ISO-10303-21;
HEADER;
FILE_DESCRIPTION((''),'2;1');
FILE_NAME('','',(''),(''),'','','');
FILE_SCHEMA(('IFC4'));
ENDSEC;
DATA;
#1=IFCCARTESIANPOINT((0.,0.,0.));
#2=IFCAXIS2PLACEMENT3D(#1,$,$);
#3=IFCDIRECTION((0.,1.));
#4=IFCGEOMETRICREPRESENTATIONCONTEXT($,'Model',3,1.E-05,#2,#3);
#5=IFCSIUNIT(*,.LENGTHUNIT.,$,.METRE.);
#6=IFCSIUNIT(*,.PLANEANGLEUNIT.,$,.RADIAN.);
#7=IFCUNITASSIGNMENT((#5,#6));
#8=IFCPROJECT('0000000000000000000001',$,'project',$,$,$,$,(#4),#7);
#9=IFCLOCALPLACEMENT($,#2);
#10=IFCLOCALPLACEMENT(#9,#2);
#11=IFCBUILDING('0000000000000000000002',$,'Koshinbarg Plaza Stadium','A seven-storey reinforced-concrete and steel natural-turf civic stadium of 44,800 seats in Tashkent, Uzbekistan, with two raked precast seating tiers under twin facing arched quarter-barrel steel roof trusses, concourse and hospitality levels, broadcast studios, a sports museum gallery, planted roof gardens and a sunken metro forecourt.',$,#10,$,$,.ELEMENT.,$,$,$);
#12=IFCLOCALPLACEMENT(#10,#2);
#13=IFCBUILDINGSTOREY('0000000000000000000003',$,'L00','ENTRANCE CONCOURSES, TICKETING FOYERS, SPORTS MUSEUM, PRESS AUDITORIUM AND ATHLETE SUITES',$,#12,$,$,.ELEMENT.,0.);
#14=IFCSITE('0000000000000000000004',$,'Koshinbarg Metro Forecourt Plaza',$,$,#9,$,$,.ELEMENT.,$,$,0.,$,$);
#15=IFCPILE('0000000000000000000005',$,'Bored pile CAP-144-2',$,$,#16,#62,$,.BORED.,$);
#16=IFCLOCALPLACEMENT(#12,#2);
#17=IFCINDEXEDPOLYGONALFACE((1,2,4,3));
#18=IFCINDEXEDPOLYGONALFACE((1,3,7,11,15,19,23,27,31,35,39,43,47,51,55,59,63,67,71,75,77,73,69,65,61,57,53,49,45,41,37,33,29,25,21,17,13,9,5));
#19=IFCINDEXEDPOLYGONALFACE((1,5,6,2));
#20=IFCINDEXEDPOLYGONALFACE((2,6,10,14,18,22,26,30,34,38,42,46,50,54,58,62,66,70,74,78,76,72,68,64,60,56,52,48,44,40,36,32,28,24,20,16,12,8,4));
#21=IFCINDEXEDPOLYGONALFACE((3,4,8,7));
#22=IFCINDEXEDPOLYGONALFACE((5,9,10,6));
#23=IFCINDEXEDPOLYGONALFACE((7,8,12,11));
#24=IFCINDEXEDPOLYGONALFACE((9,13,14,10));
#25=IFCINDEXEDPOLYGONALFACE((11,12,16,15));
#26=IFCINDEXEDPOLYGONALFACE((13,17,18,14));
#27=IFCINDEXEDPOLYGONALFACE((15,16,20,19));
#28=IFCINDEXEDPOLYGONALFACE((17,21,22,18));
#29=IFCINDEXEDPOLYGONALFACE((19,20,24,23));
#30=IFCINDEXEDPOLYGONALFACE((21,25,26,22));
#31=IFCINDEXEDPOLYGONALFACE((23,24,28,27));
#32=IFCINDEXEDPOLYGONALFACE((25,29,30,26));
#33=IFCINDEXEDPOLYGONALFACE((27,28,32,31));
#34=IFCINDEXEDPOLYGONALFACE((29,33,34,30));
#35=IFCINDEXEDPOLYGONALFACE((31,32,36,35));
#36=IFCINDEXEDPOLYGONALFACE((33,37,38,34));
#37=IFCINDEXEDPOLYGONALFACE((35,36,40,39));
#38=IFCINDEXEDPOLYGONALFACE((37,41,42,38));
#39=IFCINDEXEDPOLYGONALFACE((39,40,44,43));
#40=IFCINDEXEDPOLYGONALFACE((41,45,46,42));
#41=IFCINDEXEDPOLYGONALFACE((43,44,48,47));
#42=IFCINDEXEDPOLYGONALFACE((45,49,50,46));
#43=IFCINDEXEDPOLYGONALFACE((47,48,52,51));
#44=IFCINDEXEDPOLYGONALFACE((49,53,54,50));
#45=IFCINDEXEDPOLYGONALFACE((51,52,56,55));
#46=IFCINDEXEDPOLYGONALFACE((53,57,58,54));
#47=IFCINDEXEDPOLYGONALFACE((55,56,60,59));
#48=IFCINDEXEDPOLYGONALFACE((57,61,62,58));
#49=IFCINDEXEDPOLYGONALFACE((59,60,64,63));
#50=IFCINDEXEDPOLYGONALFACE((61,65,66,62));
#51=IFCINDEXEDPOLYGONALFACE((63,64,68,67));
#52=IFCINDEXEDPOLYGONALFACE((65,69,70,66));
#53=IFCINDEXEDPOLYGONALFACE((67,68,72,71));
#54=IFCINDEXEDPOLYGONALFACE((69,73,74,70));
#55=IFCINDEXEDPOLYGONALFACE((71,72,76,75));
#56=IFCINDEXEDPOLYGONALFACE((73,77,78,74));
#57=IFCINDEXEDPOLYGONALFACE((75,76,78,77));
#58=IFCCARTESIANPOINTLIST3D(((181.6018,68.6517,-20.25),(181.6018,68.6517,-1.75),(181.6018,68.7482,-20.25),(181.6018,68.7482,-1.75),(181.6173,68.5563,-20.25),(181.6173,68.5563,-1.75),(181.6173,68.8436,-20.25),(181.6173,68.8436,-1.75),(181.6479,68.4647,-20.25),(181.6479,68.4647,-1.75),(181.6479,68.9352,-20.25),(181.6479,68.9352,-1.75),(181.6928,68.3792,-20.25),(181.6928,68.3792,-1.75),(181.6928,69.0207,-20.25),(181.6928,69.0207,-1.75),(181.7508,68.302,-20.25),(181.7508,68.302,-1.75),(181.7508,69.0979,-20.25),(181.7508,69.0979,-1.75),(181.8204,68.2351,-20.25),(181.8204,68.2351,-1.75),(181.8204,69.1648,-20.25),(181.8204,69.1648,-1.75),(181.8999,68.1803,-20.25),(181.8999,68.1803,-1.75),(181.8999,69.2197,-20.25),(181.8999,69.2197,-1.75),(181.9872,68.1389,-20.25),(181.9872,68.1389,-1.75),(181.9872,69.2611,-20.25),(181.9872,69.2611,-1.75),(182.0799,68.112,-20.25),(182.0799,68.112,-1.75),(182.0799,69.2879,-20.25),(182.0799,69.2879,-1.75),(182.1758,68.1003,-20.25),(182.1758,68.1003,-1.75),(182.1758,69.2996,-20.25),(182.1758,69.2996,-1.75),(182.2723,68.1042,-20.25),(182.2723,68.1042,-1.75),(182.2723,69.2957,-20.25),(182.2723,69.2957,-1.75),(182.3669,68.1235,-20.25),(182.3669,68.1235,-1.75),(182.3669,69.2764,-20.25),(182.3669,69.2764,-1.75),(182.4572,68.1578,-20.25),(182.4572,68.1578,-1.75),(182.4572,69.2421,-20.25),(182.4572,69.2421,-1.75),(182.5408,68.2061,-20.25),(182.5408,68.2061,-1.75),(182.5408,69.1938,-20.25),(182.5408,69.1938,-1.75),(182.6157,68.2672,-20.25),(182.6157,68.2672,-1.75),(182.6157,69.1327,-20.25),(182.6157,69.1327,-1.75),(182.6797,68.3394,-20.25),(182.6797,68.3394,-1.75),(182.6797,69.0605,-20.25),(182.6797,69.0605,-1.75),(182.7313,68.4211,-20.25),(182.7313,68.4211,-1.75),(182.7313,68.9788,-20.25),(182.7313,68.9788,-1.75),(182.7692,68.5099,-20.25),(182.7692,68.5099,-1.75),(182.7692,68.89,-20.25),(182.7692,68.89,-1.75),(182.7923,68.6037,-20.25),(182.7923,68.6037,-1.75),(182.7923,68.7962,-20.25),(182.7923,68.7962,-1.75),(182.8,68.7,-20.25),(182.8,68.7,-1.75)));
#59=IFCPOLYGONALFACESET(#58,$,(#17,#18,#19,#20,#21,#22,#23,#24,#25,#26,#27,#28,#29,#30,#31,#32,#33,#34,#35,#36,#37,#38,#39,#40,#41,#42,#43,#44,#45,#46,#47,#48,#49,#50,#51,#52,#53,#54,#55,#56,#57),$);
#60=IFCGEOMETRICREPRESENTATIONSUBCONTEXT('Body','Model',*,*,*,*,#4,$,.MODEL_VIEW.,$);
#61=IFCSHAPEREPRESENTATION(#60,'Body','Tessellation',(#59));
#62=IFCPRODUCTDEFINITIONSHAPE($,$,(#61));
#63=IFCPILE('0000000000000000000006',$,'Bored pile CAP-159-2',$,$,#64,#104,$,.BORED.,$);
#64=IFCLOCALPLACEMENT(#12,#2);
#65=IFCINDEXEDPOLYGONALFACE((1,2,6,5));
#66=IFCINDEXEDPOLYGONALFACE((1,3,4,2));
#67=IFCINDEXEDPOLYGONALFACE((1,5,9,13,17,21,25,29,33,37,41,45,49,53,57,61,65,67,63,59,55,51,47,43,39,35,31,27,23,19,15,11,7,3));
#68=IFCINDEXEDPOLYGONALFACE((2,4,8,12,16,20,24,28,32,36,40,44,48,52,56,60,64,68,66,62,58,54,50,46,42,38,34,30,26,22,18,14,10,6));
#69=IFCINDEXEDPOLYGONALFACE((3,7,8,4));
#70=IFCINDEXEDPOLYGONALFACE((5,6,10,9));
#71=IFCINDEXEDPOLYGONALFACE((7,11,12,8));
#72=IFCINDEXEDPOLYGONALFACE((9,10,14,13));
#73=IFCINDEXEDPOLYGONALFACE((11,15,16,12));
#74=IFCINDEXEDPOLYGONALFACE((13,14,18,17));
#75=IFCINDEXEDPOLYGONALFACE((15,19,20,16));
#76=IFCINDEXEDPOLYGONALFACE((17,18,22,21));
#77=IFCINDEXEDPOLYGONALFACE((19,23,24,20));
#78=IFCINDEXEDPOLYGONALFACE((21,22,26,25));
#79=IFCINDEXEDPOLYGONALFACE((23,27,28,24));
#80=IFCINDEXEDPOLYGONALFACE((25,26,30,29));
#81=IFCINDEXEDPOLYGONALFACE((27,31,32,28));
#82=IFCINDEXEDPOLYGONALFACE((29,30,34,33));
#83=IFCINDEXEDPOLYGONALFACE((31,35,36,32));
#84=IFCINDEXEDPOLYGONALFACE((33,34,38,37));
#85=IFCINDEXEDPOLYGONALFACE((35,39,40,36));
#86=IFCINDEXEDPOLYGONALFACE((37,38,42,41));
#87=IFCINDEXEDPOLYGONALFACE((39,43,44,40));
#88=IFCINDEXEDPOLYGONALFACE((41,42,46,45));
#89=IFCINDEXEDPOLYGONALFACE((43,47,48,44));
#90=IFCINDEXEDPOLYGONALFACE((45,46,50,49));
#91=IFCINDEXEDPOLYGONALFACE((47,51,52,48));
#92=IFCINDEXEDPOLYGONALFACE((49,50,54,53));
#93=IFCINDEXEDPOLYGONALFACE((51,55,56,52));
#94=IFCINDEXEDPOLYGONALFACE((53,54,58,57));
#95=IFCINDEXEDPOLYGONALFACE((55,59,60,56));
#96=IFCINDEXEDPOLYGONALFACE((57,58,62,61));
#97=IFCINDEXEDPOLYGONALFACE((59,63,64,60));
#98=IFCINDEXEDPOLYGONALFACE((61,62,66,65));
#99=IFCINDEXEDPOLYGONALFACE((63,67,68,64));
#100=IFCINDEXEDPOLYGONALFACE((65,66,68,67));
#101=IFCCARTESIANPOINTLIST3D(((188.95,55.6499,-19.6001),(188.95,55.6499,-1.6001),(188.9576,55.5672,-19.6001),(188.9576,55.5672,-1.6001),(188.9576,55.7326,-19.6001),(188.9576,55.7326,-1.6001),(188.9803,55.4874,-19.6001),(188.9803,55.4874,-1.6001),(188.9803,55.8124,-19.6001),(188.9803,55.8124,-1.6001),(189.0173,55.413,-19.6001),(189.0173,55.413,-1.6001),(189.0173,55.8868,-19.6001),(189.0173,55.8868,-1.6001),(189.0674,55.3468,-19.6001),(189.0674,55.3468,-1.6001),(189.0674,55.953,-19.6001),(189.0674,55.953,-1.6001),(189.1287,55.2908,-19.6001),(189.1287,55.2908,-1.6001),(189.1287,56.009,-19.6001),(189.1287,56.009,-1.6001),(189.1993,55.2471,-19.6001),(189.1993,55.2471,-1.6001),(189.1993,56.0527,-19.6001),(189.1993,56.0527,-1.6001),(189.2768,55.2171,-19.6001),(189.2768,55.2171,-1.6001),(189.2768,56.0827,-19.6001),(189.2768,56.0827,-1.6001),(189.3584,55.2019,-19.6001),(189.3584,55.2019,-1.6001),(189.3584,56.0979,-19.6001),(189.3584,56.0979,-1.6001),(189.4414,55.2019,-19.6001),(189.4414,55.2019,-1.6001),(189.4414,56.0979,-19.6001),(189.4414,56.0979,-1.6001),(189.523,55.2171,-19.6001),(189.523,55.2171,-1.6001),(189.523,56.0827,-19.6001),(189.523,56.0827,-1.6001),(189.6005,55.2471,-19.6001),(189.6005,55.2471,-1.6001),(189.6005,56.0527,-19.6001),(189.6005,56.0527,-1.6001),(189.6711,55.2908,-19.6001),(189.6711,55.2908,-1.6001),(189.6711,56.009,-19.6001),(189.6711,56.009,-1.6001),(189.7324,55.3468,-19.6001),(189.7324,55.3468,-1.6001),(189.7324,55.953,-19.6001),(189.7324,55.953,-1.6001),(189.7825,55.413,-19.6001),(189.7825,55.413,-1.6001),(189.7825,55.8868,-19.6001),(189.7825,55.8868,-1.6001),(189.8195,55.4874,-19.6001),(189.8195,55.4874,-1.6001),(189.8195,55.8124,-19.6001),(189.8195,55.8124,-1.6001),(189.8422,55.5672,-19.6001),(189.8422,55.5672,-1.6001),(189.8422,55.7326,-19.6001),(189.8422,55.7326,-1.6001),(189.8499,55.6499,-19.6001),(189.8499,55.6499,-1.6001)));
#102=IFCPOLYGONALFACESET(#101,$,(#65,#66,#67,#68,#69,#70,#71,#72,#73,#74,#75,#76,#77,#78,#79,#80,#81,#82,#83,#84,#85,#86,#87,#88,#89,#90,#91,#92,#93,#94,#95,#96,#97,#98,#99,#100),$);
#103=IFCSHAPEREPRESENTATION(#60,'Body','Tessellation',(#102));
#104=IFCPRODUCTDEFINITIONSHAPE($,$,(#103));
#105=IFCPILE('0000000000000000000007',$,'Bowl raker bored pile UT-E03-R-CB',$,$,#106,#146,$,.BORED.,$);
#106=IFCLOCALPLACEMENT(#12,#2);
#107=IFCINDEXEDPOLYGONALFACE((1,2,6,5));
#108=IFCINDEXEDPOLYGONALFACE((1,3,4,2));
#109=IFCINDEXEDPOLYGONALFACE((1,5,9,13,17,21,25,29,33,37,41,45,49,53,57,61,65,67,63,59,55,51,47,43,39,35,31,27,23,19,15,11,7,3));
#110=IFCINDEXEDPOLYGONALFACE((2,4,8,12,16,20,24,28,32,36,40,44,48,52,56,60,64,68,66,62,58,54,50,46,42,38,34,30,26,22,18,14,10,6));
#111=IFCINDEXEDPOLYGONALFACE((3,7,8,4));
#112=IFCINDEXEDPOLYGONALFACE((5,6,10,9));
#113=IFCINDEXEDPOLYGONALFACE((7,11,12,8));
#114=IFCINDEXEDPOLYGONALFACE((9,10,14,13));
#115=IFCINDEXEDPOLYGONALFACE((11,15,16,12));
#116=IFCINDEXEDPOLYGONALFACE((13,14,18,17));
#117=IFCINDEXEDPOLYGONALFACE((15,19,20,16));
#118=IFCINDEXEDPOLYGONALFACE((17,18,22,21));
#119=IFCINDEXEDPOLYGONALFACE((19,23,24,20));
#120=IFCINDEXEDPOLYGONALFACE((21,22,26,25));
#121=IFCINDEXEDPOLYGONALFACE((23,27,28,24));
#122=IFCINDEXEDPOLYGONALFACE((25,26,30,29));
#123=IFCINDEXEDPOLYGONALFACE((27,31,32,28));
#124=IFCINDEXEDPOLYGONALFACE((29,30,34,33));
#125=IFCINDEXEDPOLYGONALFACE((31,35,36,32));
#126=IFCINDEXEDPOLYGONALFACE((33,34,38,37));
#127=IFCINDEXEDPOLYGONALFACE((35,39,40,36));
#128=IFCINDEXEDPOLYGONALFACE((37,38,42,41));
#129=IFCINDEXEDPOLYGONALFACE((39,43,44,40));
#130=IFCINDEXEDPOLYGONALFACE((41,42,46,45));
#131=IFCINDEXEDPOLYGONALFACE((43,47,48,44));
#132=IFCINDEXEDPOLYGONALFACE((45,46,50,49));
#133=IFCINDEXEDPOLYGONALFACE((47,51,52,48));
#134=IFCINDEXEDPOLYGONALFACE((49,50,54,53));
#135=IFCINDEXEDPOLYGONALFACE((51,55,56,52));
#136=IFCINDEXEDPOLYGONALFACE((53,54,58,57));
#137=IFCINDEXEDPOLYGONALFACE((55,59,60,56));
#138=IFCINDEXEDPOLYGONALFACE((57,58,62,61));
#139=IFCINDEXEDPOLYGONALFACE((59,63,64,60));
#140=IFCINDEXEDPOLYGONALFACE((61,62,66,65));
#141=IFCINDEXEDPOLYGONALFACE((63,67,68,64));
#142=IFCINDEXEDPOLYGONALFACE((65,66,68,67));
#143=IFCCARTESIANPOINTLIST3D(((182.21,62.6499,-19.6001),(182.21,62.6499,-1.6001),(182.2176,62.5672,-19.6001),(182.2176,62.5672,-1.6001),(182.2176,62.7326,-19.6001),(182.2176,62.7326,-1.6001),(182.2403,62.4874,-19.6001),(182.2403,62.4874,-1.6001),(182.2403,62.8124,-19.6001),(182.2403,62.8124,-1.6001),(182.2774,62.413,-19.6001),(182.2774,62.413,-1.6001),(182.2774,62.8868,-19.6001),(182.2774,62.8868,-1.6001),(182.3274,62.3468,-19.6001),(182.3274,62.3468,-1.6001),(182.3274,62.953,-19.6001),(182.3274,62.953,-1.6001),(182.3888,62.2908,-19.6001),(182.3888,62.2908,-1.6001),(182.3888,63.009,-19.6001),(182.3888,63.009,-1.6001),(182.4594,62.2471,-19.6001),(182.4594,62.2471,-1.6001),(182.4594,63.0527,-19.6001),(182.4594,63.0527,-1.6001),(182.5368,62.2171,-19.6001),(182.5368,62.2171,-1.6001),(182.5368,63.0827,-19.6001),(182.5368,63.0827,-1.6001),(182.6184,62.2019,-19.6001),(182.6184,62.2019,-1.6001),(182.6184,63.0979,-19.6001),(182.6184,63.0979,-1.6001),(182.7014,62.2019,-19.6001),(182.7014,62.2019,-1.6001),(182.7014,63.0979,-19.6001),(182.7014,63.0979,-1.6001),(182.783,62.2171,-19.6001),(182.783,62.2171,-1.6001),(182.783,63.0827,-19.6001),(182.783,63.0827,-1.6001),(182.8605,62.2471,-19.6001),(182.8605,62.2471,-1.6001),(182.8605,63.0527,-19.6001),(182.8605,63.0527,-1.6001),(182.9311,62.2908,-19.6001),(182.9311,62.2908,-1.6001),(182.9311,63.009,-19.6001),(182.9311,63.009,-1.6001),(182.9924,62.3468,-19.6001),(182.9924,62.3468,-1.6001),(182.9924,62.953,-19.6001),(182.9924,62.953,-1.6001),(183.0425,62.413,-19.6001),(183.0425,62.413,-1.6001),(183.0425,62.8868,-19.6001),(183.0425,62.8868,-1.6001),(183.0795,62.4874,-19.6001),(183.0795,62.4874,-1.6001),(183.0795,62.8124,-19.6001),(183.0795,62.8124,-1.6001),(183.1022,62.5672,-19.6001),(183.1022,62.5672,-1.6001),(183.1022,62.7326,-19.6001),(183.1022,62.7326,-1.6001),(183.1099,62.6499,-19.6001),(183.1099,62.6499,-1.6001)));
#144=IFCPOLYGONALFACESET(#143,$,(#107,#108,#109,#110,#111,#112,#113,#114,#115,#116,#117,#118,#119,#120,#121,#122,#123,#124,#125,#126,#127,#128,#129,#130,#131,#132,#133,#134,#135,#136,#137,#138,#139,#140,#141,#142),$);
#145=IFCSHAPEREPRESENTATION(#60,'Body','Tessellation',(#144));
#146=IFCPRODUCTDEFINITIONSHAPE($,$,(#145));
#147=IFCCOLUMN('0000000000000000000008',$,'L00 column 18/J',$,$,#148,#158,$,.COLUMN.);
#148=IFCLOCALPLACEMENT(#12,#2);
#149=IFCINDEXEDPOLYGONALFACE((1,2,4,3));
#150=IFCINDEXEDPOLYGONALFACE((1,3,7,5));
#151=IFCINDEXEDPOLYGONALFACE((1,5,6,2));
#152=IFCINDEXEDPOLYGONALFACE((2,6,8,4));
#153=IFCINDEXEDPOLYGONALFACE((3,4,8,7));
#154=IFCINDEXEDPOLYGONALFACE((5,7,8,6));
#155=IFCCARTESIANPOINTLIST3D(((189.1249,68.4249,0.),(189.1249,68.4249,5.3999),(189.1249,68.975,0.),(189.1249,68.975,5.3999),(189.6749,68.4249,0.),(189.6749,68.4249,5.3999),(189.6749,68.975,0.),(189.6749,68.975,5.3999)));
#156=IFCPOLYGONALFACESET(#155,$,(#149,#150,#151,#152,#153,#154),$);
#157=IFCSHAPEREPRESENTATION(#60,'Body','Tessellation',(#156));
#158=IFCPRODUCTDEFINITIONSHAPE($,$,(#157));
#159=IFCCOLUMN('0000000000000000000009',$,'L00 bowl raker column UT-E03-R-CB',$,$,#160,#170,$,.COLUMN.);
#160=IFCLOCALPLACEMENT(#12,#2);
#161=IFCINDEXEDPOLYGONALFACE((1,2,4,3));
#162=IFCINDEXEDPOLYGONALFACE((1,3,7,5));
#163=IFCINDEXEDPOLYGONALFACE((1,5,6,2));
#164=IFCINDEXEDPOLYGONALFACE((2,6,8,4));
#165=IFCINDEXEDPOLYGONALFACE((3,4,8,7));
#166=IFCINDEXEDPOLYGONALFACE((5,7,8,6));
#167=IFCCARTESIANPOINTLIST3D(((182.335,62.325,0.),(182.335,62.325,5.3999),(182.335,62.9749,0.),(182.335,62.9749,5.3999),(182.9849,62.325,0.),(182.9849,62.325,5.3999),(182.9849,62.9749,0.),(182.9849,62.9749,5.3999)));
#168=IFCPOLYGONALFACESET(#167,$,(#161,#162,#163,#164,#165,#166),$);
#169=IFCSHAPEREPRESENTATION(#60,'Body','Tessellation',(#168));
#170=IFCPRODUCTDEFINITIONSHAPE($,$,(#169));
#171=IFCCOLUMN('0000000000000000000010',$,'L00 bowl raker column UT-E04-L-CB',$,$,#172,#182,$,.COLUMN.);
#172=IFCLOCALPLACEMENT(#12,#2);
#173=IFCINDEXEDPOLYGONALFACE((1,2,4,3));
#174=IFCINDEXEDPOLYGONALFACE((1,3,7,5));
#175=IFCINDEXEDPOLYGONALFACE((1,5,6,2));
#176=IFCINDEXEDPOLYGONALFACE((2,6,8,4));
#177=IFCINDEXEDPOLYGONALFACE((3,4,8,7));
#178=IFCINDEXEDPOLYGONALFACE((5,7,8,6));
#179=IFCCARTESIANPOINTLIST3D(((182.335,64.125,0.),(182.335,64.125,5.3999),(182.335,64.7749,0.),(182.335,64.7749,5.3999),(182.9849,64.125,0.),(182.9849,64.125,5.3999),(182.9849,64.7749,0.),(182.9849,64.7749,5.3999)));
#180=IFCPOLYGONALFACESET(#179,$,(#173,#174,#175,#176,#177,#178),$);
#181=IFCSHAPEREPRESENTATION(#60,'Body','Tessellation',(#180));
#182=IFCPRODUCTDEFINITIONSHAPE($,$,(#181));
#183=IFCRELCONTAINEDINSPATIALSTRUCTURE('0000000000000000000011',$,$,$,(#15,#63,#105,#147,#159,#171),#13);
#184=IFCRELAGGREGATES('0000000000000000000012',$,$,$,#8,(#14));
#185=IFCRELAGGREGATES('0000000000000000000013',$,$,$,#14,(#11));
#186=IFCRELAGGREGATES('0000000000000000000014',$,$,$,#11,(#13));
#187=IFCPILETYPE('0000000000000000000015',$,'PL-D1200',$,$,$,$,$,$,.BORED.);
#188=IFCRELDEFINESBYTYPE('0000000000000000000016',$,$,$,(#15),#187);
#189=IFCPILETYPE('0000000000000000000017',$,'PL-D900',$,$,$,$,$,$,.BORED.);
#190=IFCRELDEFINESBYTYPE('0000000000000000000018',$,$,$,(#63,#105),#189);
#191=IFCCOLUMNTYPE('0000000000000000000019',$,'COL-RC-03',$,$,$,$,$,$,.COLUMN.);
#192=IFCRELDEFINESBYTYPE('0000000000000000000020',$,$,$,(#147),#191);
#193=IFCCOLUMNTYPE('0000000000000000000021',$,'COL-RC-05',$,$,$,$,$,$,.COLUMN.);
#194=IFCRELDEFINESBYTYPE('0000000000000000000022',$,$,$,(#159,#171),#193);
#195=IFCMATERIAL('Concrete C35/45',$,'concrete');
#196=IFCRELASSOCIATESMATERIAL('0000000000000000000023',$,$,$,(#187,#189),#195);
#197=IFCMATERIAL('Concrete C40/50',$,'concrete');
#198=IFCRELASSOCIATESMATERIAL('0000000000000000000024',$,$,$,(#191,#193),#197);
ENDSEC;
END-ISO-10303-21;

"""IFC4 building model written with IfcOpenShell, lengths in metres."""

from ifc_helpers import new_model, si_unit, direction, frame, origin, origin_2d, place, context, subcontext, project, spatial, rectangle, circle, extrude, material, material_profile, profile_set, type_object, element, save


model = new_model("IFC4")

# Units and contexts
model_context = context("Model", 3, precision=1e-05, world=origin(), true_north=direction((0.0, 1.0)))
body_context = subcontext(model_context, "Body", "Model", "MODEL_VIEW")
ifc_project = project(units=[si_unit("LENGTHUNIT", "METRE"), si_unit("PLANEANGLEUNIT", "RADIAN")], contexts=[model_context])

# Site, building, storey
site_placement = place(None, origin())
site = spatial("IfcSite", under=ifc_project, at=site_placement, Name="Koshinbarg Metro Forecourt Plaza", CompositionType="ELEMENT", RefElevation=0.0)
building_placement = place(site_placement, origin())
building = spatial("IfcBuilding", under=site, at=building_placement, Name="Koshinbarg Plaza Stadium", Description="A seven-storey reinforced-concrete and steel natural-turf civic stadium of 44,800 seats in Tashkent, Uzbekistan, with two raked precast seating tiers under twin facing arched quarter-barrel steel roof trusses, concourse and hospitality levels, broadcast studios, a sports museum gallery, planted roof gardens and a sunken metro forecourt.", CompositionType="ELEMENT")
storey_placement = place(building_placement, origin())
storey = spatial("IfcBuildingStorey", under=building, at=storey_placement, Name="L00", Description="ENTRANCE CONCOURSES, TICKETING FOYERS, SPORTS MUSEUM, PRESS AUDITORIUM AND ATHLETE SUITES", CompositionType="ELEMENT", Elevation=0.0)

# Shared definitions
ifc_material_1 = material(Name="Concrete C35/45", Category="concrete")

# Piles
ifc_material_profile_1 = material_profile(ifc_material_1, circle(Radius=0.6001, at=origin_2d()), Name="PILE D1200")
ifc_profile_set_1 = profile_set([ifc_material_profile_1], Name="Concrete C35/45")
pile_type_1 = type_object("IfcPileType", Name="PL-D1200", PredefinedType="BORED", material=ifc_profile_set_1)
pile_placement = place(storey_placement, frame((182.2, 68.7, -1.75), z_axis=(0.0, 0.0, -1.0), x_axis=(1.0, 0.0, 0.0)))
element("IfcPile", 1, at=pile_placement, inside=storey, type_object=pile_type_1, Name="Bored pile CAP-144-2", PredefinedType="BORED", context=body_context, shape_type="SweptSolid", body=[
    extrude(circle(Radius=0.6001, at=origin_2d()), origin(), (0.0, 0.0, 1.0), 18.5),
])
ifc_material_profile_2 = material_profile(ifc_material_1, circle(Radius=0.45, at=origin_2d()), Name="PILE D900")
ifc_profile_set_2 = profile_set([ifc_material_profile_2], Name="Concrete C35/45")
pile_type_2 = type_object("IfcPileType", Name="PL-D900", PredefinedType="BORED", material=ifc_profile_set_2)
for number, where, z_axis, x_axis, name in (
    (2, (189.3999, 55.6499, -1.6001), (0.0, 0.0, -1.0), (1.0, 0.0, 0.0), "Bored pile CAP-159-2"),
    (3, (182.6599, 62.6499, -1.6001), (0.0, 0.0, -1.0), (1.0, 0.0, 0.0), "Bowl raker bored pile UT-E03-R-CB"),
):
    element("IfcPile", number, at=place(storey_placement, frame(where, z_axis=z_axis, x_axis=x_axis)), inside=storey, type_object=pile_type_2, Name=name, PredefinedType="BORED", context=body_context, shape_type="SweptSolid", body=[
        extrude(circle(Radius=0.45, at=origin_2d()), origin(), (0.0, 0.0, 1.0), 18.0),
    ])

# Columns
ifc_material_2 = material(Name="Concrete C40/50", Category="concrete")
ifc_material_profile_3 = material_profile(ifc_material_2, rectangle(XDim=0.55, YDim=0.55, at=origin_2d()), Name="RC 550x550")
ifc_profile_set_3 = profile_set([ifc_material_profile_3], Name="Concrete C40/50")
column_type_1 = type_object("IfcColumnType", Name="COL-RC-03", PredefinedType="COLUMN", material=ifc_profile_set_3)
column_placement = place(storey_placement, frame((189.3999, 68.7, 0.0), z_axis=(0.0, 0.0, 1.0), x_axis=(1.0, 0.0, 0.0)))
element("IfcColumn", 4, at=column_placement, inside=storey, type_object=column_type_1, Name="L00 column 18/J", PredefinedType="COLUMN", context=body_context, shape_type="SweptSolid", body=[
    extrude(rectangle(XDim=0.55, YDim=0.55, at=origin_2d()), origin(), (0.0, 0.0, 1.0), 5.3999),
])
ifc_material_profile_4 = material_profile(ifc_material_2, rectangle(XDim=0.6499, YDim=0.6499, at=origin_2d()), Name="RC 650x650")
ifc_profile_set_4 = profile_set([ifc_material_profile_4], Name="Concrete C40/50")
column_type_2 = type_object("IfcColumnType", Name="COL-RC-05", PredefinedType="COLUMN", material=ifc_profile_set_4)
for number, where, z_axis, x_axis, name in (
    (5, (182.6599, 62.6499, 0.0), (0.0, 0.0, 1.0), (1.0, 0.0, 0.0), "L00 bowl raker column UT-E03-R-CB"),
    (6, (182.6599, 64.45, 0.0), (0.0, 0.0, 1.0), (1.0, 0.0, 0.0), "L00 bowl raker column UT-E04-L-CB"),
):
    element("IfcColumn", number, at=place(storey_placement, frame(where, z_axis=z_axis, x_axis=x_axis)), inside=storey, type_object=column_type_2, Name=name, PredefinedType="COLUMN", context=body_context, shape_type="SweptSolid", body=[
        extrude(rectangle(XDim=0.6499, YDim=0.6499, at=origin_2d()), origin(), (0.0, 0.0, 1.0), 5.3999),
    ])

save(model, "model.ifc")
